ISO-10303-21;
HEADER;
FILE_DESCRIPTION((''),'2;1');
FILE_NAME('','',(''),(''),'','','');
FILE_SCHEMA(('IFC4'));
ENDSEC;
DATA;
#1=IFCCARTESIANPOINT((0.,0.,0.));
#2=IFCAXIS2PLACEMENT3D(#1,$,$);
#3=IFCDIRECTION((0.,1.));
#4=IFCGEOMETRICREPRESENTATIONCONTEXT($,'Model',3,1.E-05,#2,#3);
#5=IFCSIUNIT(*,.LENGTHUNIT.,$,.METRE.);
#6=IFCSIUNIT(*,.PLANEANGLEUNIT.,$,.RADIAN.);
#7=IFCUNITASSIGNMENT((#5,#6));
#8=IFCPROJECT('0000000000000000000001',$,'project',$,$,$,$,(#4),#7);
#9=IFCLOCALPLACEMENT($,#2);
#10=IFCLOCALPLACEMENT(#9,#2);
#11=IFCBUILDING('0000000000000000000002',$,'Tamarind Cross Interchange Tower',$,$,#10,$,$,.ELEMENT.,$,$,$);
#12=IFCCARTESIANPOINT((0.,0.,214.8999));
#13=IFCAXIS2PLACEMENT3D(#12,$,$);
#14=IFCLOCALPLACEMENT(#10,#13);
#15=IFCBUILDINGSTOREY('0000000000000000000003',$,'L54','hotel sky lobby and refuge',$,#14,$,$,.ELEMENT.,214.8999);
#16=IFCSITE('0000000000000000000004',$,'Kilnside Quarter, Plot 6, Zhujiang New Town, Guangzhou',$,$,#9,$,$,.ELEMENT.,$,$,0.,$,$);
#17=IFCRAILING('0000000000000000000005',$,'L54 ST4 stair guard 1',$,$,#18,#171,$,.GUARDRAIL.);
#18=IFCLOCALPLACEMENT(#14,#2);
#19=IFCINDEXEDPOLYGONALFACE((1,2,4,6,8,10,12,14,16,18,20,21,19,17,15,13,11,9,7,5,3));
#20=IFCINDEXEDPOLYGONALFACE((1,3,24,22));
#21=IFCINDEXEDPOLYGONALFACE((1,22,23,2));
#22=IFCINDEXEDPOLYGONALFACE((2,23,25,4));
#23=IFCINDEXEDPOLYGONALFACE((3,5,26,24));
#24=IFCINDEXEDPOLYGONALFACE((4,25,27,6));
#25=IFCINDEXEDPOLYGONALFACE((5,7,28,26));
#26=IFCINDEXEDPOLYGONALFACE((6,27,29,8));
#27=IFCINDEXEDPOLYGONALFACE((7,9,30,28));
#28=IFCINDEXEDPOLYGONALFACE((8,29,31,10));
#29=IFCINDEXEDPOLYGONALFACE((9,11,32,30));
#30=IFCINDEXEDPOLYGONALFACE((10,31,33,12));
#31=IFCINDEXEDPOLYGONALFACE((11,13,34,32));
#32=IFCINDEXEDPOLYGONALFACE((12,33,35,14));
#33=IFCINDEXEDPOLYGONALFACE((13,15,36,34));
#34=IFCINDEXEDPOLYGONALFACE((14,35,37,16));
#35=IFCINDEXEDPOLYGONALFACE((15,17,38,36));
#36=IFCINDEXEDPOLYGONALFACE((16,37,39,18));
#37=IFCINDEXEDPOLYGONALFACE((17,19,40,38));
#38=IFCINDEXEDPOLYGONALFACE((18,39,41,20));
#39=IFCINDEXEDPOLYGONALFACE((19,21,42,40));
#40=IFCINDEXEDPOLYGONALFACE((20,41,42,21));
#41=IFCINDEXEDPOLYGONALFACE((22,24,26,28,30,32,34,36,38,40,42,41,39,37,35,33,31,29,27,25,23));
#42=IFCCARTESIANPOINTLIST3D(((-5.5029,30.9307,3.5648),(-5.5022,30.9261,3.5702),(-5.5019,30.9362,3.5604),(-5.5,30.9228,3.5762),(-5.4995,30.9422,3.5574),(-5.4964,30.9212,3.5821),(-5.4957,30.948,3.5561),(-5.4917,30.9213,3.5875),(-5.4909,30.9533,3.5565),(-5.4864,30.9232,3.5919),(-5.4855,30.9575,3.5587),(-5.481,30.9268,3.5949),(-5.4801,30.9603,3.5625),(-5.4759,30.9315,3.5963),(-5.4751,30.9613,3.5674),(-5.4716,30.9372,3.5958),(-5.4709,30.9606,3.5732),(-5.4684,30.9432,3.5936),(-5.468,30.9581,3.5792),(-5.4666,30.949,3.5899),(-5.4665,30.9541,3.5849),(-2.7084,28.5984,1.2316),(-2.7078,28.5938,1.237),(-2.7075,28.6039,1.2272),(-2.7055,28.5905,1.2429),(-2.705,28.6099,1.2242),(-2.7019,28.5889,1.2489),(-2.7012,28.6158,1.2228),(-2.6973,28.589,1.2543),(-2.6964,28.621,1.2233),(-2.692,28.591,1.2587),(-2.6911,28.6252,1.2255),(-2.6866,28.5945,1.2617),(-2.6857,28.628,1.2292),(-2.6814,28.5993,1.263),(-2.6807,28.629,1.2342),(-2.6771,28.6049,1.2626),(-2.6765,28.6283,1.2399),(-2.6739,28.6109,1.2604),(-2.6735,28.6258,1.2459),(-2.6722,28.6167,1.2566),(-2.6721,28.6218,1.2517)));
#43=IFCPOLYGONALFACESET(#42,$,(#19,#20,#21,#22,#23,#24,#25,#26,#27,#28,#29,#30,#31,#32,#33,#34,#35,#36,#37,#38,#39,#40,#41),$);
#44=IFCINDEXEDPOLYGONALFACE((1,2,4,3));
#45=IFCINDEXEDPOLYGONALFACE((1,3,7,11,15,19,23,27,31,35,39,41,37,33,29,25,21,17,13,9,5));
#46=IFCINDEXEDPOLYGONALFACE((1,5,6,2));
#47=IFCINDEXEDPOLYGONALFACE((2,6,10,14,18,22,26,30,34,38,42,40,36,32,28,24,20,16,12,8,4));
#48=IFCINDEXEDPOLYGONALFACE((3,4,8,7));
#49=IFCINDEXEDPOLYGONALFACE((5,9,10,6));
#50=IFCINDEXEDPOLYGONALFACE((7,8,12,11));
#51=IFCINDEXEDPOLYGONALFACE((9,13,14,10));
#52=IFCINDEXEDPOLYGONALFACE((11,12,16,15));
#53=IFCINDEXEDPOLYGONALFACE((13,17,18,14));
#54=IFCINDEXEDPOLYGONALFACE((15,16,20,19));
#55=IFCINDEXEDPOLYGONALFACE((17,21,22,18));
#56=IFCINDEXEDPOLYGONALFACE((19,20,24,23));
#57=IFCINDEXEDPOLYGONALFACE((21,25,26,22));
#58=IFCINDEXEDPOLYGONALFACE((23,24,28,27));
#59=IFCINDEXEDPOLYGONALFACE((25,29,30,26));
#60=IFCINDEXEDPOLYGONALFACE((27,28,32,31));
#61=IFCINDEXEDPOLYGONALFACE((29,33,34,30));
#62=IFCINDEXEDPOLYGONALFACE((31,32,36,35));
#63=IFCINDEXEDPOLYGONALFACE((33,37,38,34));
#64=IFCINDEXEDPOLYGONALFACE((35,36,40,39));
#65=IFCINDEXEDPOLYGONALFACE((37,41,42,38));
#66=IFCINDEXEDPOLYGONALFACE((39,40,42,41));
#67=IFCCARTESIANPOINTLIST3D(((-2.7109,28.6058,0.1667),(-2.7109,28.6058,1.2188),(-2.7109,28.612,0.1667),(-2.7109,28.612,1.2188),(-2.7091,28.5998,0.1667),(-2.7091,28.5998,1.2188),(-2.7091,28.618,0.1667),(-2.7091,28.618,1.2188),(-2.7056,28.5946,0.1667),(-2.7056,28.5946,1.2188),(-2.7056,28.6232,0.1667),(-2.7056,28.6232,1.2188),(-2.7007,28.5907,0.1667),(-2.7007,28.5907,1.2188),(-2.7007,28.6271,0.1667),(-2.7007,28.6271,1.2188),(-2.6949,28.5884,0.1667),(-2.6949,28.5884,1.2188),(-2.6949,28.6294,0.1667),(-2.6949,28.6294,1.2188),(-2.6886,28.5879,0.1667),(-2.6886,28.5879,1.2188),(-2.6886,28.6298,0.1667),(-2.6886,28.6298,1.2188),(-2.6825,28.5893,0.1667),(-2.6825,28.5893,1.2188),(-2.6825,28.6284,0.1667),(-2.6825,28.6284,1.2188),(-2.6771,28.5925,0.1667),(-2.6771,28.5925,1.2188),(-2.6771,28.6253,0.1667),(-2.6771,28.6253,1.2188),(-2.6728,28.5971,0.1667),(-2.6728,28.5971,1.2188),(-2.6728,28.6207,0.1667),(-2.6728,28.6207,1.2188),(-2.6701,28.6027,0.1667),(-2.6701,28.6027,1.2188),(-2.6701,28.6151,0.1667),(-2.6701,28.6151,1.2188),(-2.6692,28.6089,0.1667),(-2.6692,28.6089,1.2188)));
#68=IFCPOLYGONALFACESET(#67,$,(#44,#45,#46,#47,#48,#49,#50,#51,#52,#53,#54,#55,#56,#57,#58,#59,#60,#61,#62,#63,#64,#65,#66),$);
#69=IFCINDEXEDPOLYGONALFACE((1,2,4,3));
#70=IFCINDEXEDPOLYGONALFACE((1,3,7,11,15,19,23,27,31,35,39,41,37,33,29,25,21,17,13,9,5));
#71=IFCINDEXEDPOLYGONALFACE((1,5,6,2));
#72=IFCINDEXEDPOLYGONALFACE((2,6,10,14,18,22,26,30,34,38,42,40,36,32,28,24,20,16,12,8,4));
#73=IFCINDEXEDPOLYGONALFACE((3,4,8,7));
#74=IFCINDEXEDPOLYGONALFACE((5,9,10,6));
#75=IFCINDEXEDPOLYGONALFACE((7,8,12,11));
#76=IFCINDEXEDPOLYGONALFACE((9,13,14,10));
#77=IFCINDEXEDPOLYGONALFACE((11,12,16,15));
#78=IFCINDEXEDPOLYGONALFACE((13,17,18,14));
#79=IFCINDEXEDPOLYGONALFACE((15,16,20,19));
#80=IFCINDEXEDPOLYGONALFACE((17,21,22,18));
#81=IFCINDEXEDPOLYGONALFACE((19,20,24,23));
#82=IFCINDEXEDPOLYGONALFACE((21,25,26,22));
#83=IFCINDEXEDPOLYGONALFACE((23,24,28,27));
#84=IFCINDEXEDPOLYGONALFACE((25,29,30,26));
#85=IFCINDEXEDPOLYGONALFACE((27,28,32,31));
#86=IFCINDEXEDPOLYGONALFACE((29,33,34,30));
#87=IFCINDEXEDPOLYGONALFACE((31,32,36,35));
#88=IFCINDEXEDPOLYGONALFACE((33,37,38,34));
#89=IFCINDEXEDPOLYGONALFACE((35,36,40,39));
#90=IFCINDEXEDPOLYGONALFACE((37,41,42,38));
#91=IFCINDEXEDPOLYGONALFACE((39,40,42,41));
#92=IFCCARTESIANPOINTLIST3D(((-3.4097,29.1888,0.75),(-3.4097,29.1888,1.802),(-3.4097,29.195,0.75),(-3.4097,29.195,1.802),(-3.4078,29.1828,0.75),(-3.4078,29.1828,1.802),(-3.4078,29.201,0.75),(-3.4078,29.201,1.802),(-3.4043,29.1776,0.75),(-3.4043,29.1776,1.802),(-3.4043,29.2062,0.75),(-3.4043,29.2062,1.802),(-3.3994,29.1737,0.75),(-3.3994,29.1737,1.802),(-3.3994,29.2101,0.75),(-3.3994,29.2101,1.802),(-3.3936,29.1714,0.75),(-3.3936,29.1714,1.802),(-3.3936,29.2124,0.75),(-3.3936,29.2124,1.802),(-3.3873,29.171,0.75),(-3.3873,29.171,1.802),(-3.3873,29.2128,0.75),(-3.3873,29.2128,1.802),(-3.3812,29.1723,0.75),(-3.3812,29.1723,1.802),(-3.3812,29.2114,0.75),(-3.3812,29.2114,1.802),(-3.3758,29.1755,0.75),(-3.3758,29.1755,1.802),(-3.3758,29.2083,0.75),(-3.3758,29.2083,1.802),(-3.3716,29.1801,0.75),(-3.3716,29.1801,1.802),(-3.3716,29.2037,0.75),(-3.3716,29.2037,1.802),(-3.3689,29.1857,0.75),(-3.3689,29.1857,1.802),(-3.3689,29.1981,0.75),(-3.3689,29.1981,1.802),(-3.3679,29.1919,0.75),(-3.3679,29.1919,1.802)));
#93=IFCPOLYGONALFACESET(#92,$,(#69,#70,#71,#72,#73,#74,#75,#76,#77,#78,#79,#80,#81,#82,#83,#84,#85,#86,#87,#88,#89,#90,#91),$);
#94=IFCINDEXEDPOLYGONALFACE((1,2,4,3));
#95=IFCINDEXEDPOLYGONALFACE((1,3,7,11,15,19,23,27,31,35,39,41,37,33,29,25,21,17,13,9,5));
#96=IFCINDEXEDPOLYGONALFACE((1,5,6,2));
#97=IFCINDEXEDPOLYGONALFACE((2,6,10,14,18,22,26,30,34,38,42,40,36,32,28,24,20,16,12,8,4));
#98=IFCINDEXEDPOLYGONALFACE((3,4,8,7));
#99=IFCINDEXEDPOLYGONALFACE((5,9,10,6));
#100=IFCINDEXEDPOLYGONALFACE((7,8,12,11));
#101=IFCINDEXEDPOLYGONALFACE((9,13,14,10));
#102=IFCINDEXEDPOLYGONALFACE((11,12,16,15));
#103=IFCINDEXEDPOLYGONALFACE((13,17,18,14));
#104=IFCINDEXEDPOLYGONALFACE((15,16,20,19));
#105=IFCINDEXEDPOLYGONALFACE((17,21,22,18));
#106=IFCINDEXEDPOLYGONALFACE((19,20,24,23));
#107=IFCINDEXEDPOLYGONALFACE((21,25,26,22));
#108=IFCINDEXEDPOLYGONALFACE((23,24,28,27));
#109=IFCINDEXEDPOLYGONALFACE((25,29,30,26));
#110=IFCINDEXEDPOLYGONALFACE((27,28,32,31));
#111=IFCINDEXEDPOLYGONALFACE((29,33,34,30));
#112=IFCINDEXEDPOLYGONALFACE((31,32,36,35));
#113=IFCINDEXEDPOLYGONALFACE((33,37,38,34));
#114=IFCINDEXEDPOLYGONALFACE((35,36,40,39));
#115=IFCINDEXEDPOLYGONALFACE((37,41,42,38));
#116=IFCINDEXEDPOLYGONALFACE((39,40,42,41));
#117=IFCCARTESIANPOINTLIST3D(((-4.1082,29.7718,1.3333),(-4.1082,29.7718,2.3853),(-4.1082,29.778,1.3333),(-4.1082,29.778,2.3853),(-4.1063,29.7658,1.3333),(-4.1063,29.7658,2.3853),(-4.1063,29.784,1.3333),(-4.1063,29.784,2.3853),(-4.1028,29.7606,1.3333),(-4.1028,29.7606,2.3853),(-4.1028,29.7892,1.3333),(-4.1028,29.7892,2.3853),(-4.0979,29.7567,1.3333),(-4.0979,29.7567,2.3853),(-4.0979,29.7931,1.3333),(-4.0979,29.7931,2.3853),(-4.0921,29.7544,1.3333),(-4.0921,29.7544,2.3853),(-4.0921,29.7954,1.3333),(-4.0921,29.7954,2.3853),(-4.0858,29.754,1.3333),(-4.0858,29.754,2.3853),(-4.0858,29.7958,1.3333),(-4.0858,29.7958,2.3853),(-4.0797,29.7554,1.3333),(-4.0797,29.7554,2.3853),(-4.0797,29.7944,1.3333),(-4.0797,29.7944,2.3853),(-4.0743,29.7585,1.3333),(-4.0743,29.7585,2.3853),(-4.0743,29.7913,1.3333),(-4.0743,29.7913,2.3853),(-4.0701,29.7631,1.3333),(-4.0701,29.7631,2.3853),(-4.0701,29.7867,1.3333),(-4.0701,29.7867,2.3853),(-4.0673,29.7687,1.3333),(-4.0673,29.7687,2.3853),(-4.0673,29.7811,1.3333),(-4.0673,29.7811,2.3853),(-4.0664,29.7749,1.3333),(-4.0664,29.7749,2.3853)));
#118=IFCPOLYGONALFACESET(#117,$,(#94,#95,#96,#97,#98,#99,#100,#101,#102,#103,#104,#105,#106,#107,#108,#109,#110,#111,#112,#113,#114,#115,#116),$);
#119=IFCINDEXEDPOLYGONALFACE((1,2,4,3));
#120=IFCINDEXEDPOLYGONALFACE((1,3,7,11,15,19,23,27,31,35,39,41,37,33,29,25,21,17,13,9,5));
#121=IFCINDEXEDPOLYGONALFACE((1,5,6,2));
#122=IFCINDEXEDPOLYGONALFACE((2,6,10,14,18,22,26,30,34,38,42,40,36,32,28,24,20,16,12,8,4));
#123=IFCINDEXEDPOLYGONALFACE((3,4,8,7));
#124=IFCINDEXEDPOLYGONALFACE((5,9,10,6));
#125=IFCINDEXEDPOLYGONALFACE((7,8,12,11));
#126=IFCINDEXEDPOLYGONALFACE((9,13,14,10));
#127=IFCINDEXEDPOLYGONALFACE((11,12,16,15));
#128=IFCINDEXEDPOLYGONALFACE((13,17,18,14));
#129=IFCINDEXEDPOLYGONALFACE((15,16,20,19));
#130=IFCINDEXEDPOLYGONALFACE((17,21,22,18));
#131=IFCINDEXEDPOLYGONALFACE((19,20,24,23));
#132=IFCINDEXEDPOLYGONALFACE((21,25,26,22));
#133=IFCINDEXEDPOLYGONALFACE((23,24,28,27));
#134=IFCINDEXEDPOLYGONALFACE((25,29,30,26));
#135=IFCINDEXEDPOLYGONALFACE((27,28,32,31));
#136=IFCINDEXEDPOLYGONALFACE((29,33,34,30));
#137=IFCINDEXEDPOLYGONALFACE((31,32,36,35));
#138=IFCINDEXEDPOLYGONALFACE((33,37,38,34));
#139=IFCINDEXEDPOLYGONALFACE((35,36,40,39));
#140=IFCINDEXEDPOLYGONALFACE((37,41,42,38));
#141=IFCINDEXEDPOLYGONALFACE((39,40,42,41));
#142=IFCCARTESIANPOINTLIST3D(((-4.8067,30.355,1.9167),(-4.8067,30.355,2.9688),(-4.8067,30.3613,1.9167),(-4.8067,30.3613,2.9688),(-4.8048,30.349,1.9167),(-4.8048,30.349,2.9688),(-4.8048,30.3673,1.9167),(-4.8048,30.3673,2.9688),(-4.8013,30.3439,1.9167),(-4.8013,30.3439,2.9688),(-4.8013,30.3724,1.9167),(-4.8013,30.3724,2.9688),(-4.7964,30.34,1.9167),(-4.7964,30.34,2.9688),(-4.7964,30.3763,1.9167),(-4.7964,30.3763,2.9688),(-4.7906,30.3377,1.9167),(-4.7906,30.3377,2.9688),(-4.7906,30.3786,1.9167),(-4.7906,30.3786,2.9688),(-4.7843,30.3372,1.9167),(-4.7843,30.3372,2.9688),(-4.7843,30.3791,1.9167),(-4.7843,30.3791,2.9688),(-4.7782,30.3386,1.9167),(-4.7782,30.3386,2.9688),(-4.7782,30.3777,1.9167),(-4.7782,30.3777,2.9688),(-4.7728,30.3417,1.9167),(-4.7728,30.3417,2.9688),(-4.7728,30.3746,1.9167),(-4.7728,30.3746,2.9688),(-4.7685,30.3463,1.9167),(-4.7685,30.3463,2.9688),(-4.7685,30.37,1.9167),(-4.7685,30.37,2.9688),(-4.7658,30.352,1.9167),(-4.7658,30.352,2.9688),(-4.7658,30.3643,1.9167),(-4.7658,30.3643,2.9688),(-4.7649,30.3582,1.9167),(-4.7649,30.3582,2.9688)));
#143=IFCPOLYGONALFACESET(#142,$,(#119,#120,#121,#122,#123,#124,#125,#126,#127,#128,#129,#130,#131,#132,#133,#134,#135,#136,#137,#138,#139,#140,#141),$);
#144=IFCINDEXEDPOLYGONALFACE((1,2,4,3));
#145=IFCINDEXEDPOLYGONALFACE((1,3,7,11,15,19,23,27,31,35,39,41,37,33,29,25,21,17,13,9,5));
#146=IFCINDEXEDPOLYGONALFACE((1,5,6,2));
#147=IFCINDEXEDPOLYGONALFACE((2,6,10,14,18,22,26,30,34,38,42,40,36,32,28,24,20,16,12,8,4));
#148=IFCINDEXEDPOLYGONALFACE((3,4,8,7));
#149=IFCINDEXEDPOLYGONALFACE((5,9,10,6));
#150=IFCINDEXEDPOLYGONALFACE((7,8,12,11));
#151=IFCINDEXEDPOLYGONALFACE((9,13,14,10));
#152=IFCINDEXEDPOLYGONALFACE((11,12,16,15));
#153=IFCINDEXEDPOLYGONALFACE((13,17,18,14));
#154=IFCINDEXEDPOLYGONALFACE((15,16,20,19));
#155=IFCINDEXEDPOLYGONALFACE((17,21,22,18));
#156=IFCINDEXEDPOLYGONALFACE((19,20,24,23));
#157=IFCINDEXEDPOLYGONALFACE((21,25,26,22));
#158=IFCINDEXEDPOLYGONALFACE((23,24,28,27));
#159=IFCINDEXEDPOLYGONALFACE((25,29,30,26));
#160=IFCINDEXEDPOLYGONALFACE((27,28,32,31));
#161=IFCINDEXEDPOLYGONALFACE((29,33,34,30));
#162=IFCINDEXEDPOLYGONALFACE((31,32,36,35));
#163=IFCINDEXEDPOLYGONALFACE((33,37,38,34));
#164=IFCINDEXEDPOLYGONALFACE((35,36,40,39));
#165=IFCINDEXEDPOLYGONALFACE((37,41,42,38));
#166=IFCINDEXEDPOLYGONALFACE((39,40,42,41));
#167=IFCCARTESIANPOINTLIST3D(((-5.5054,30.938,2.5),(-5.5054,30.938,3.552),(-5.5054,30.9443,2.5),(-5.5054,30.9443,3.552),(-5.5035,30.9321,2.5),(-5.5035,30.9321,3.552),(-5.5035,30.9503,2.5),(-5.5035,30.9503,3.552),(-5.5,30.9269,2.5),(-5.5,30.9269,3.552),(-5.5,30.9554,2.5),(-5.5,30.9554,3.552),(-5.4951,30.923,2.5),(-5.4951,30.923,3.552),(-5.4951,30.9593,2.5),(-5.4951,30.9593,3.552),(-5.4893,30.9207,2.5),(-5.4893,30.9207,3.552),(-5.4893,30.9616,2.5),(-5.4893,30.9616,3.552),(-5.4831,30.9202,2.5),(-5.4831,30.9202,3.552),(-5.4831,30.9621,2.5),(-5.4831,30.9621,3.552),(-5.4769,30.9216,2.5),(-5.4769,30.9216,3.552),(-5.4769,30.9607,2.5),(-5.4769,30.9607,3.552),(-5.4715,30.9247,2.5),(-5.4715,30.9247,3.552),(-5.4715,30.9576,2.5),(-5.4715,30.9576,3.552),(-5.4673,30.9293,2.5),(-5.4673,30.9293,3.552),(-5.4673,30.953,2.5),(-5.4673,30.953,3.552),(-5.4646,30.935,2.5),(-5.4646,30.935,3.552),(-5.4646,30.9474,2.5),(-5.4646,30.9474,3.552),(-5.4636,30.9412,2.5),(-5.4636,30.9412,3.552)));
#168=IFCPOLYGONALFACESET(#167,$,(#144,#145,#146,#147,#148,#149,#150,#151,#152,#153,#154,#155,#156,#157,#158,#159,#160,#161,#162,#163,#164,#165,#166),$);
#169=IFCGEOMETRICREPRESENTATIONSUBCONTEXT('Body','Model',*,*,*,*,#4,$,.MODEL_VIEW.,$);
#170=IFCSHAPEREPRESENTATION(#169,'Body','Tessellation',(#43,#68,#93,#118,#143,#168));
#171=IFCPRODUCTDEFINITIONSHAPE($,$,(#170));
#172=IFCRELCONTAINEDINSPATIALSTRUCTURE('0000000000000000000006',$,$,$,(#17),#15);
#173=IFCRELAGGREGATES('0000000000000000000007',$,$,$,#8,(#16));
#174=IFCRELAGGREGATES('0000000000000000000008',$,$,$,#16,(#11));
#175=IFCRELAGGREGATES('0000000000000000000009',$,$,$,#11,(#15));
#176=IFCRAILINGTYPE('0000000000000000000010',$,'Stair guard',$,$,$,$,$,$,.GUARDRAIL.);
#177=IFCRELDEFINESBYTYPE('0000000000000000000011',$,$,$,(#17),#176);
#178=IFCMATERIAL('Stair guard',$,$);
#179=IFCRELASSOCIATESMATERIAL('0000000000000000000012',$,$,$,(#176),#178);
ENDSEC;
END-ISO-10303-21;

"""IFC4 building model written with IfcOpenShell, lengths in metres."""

from ifc_helpers import new_model, si_unit, direction, frame, origin, origin_2d, place, context, subcontext, project, spatial, circle, extrude, material, type_object, element, save


model = new_model("IFC4")

# Units and contexts
model_context = context("Model", 3, precision=1e-05, world=origin(), true_north=direction((0.0, 1.0)))
body_context = subcontext(model_context, "Body", "Model", "MODEL_VIEW")
ifc_project = project(units=[si_unit("LENGTHUNIT", "METRE"), si_unit("PLANEANGLEUNIT", "RADIAN")], contexts=[model_context])

# Site, building, storey
site_placement = place(None, origin())
site = spatial("IfcSite", under=ifc_project, at=site_placement, Name="Kilnside Quarter, Plot 6, Zhujiang New Town, Guangzhou", CompositionType="ELEMENT", RefElevation=0.0)
building_placement = place(site_placement, origin())
building = spatial("IfcBuilding", under=site, at=building_placement, Name="Tamarind Cross Interchange Tower", CompositionType="ELEMENT")
storey_placement = place(building_placement, frame((0.0, 0.0, 214.8999)))
storey = spatial("IfcBuildingStorey", under=building, at=storey_placement, Name="L54", Description="hotel sky lobby and refuge", CompositionType="ELEMENT", Elevation=214.8999)

# Railing
ifc_material_1 = material(Name="Stair guard")
railing_type_1 = type_object("IfcRailingType", Name="Stair guard", PredefinedType="GUARDRAIL", material=ifc_material_1)
railing_1_placement = place(storey_placement, frame((-2.6902, 28.6089, 0.1667)))
element("IfcRailing", 1, at=railing_1_placement, inside=storey, type_object=railing_type_1, Name="L54 ST4 stair guard 1", PredefinedType="GUARDRAIL", context=body_context, shape_type="SweptSolid", body=[
    extrude(circle(Radius=0.0239, at=origin_2d()), frame((0.0, 0.0, 1.0762), z_axis=(-0.64634, 0.539445, 0.539671), x_axis=(-0.640765, -0.767737, 0.0)), (0.0, 0.0, 1.0), 4.3235),
    extrude(circle(Radius=0.021, at=origin_2d()), origin(), (0.0, 0.0, 1.0), 1.052),
    extrude(circle(Radius=0.021, at=origin_2d()), frame((-0.6987, 0.583, 0.5833)), (0.0, 0.0, 1.0), 1.052),
    extrude(circle(Radius=0.021, at=origin_2d()), frame((-1.3972, 1.166, 1.1665)), (0.0, 0.0, 1.0), 1.052),
    extrude(circle(Radius=0.021, at=origin_2d()), frame((-2.0957, 1.7493, 1.75)), (0.0, 0.0, 1.0), 1.052),
    extrude(circle(Radius=0.021, at=origin_2d()), frame((-2.7944, 2.3323, 2.3333)), (0.0, 0.0, 1.0), 1.052),
])

save(model, "model.ifc")
